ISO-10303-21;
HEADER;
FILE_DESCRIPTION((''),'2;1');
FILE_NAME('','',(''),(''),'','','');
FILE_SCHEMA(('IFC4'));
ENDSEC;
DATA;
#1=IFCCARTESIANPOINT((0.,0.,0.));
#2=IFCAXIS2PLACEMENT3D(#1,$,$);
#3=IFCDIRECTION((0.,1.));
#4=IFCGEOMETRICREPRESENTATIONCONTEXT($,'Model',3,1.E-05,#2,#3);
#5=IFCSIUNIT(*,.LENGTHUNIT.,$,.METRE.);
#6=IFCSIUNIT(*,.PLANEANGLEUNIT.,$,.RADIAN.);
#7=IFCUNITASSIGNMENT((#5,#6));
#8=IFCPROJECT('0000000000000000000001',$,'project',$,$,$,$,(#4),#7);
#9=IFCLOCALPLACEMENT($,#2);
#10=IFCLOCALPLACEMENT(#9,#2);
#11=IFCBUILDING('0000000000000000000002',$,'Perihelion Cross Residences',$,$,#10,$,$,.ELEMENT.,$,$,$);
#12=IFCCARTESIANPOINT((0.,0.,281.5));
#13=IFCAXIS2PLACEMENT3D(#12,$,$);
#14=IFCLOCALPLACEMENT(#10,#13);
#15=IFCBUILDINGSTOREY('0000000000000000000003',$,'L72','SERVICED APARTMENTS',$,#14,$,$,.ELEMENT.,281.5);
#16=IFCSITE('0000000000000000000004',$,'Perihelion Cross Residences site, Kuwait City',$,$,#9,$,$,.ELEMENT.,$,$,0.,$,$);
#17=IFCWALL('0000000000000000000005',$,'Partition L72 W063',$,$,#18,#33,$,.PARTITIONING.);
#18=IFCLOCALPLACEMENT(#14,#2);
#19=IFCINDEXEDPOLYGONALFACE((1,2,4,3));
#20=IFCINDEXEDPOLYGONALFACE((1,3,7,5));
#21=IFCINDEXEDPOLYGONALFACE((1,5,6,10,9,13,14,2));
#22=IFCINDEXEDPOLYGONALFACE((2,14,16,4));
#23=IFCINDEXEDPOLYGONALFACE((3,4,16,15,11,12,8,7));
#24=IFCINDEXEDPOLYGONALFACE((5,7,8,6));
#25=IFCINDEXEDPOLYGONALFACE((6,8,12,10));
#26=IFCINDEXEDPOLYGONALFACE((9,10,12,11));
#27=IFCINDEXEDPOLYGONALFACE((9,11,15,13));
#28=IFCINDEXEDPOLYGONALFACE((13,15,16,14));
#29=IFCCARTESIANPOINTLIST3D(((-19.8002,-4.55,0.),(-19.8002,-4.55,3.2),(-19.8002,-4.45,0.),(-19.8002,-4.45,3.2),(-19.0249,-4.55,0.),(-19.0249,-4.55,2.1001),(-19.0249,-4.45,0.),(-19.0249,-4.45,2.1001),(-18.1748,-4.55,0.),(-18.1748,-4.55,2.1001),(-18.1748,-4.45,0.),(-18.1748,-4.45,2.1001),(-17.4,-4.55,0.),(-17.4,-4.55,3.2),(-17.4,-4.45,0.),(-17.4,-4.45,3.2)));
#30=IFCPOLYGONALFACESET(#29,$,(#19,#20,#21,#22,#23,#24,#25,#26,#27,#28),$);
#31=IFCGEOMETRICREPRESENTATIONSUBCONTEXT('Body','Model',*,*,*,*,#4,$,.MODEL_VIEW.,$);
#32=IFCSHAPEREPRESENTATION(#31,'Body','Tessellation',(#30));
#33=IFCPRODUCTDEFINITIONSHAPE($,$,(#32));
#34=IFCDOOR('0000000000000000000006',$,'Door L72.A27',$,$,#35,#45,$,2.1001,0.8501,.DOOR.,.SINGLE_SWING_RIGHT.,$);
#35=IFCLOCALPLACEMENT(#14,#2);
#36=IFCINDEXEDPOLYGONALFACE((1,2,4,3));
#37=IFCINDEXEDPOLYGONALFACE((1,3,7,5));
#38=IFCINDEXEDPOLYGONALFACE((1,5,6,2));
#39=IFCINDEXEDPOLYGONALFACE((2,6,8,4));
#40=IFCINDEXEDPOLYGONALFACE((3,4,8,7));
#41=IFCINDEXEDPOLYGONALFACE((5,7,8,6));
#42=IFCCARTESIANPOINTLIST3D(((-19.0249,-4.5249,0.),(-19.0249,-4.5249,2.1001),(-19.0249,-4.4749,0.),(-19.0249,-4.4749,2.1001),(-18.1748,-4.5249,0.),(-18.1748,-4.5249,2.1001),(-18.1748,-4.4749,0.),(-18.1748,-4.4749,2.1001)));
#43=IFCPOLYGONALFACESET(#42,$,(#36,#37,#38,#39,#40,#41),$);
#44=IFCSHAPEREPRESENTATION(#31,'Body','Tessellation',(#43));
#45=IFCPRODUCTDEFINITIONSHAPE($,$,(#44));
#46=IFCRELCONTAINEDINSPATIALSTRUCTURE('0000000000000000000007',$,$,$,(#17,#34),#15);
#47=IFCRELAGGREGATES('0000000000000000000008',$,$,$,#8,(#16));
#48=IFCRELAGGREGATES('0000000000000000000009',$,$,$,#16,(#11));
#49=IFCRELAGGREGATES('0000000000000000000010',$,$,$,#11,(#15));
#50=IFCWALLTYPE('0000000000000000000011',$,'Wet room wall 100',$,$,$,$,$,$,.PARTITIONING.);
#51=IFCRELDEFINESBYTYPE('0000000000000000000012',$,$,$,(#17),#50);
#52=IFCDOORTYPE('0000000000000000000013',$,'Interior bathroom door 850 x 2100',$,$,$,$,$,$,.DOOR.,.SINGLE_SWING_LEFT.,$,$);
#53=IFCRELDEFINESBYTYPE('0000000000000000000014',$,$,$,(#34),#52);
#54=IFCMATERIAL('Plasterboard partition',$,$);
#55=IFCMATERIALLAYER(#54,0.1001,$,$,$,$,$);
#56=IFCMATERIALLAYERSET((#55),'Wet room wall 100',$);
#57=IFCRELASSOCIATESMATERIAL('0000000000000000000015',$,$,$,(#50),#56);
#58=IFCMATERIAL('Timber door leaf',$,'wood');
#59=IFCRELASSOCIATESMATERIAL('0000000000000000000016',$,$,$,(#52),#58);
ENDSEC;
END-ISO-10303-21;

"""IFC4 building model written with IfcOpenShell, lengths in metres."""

from ifc_helpers import new_model, si_unit, direction, frame, frame_2d, origin, place, context, subcontext, project, spatial, rectangle, extrude, material, layer, layer_set, type_object, element, fill, save


model = new_model("IFC4")

# Units and contexts
model_context = context("Model", 3, precision=1e-05, world=origin(), true_north=direction((0.0, 1.0)))
body_context = subcontext(model_context, "Body", "Model", "MODEL_VIEW")
ifc_project = project(units=[si_unit("LENGTHUNIT", "METRE"), si_unit("PLANEANGLEUNIT", "RADIAN")], contexts=[model_context])

# Site, building, storey
site_placement = place(None, origin())
site = spatial("IfcSite", under=ifc_project, at=site_placement, Name="Perihelion Cross Residences site, Kuwait City", CompositionType="ELEMENT", RefElevation=0.0)
building_placement = place(site_placement, origin())
building = spatial("IfcBuilding", under=site, at=building_placement, Name="Perihelion Cross Residences", CompositionType="ELEMENT")
storey_placement = place(building_placement, frame((0.0, 0.0, 281.5)))
storey = spatial("IfcBuildingStorey", under=building, at=storey_placement, Name="L72", Description="SERVICED APARTMENTS", CompositionType="ELEMENT", Elevation=281.5)

# Shared definitions
ifc_material_1 = material(Name="Plasterboard partition")
ifc_layer_1 = layer(ifc_material_1, 0.1001)
ifc_layer_set_1 = layer_set([ifc_layer_1], Name="Wet room wall 100")
wall_type_1 = type_object("IfcWallType", Name="Wet room wall 100", PredefinedType="PARTITIONING", material=ifc_layer_set_1)

# Wall, opening, door
wall_1_placement = place(storey_placement, frame((-17.3999, -4.5, 0.0), z_axis=(0.0, 0.0, 1.0), x_axis=(-1.0, 0.0, 0.0)))
wall_1 = element("IfcWall", 1, at=wall_1_placement, inside=storey, type_object=wall_type_1, Name="Partition L72 W063", PredefinedType="PARTITIONING", context=body_context, shape_type="SweptSolid", body=[
    extrude(rectangle(XDim=2.4001, YDim=0.1001, at=frame_2d((1.2002, 0.0))), origin(), (0.0, 0.0, 1.0), 3.2),
])
opening_1_placement = place(wall_1_placement, frame((0.7749, 0.0, 0.0)))
opening_1 = element("IfcOpeningElement", 2, at=opening_1_placement, cuts=wall_1, PredefinedType="OPENING", context=body_context, shape_type="SweptSolid", body=[
    extrude(rectangle(XDim=0.8501, YDim=2.1001, at=frame_2d((0.425, 1.05))), frame((0.0, 0.0601, 0.0), z_axis=(0.0, -1.0, 0.0), x_axis=(1.0, 0.0, 0.0)), (0.0, 0.0, 1.0), 0.1201),
])
ifc_material_2 = material(Name="Timber door leaf", Category="wood")
door_type_1 = type_object("IfcDoorType", Name="Interior bathroom door 850 x 2100", OperationType="SINGLE_SWING_LEFT", PredefinedType="DOOR", material=ifc_material_2)
door_1_placement = place(opening_1_placement, origin())
door_1 = element("IfcDoor", 3, at=door_1_placement, inside=storey, type_object=door_type_1, Name="Door L72.A27", OperationType="SINGLE_SWING_RIGHT", OverallHeight=2.1001, OverallWidth=0.8501, PredefinedType="DOOR", context=body_context, shape_type="SweptSolid", body=[
    extrude(rectangle(XDim=0.8501, YDim=2.1001, at=frame_2d((0.425, 1.05))), frame((0.0, 0.0249, 0.0), z_axis=(0.0, -1.0, 0.0), x_axis=(1.0, 0.0, 0.0)), (0.0, 0.0, 1.0), 0.05),
])
fill(opening_1, door_1)

save(model, "model.ifc")
